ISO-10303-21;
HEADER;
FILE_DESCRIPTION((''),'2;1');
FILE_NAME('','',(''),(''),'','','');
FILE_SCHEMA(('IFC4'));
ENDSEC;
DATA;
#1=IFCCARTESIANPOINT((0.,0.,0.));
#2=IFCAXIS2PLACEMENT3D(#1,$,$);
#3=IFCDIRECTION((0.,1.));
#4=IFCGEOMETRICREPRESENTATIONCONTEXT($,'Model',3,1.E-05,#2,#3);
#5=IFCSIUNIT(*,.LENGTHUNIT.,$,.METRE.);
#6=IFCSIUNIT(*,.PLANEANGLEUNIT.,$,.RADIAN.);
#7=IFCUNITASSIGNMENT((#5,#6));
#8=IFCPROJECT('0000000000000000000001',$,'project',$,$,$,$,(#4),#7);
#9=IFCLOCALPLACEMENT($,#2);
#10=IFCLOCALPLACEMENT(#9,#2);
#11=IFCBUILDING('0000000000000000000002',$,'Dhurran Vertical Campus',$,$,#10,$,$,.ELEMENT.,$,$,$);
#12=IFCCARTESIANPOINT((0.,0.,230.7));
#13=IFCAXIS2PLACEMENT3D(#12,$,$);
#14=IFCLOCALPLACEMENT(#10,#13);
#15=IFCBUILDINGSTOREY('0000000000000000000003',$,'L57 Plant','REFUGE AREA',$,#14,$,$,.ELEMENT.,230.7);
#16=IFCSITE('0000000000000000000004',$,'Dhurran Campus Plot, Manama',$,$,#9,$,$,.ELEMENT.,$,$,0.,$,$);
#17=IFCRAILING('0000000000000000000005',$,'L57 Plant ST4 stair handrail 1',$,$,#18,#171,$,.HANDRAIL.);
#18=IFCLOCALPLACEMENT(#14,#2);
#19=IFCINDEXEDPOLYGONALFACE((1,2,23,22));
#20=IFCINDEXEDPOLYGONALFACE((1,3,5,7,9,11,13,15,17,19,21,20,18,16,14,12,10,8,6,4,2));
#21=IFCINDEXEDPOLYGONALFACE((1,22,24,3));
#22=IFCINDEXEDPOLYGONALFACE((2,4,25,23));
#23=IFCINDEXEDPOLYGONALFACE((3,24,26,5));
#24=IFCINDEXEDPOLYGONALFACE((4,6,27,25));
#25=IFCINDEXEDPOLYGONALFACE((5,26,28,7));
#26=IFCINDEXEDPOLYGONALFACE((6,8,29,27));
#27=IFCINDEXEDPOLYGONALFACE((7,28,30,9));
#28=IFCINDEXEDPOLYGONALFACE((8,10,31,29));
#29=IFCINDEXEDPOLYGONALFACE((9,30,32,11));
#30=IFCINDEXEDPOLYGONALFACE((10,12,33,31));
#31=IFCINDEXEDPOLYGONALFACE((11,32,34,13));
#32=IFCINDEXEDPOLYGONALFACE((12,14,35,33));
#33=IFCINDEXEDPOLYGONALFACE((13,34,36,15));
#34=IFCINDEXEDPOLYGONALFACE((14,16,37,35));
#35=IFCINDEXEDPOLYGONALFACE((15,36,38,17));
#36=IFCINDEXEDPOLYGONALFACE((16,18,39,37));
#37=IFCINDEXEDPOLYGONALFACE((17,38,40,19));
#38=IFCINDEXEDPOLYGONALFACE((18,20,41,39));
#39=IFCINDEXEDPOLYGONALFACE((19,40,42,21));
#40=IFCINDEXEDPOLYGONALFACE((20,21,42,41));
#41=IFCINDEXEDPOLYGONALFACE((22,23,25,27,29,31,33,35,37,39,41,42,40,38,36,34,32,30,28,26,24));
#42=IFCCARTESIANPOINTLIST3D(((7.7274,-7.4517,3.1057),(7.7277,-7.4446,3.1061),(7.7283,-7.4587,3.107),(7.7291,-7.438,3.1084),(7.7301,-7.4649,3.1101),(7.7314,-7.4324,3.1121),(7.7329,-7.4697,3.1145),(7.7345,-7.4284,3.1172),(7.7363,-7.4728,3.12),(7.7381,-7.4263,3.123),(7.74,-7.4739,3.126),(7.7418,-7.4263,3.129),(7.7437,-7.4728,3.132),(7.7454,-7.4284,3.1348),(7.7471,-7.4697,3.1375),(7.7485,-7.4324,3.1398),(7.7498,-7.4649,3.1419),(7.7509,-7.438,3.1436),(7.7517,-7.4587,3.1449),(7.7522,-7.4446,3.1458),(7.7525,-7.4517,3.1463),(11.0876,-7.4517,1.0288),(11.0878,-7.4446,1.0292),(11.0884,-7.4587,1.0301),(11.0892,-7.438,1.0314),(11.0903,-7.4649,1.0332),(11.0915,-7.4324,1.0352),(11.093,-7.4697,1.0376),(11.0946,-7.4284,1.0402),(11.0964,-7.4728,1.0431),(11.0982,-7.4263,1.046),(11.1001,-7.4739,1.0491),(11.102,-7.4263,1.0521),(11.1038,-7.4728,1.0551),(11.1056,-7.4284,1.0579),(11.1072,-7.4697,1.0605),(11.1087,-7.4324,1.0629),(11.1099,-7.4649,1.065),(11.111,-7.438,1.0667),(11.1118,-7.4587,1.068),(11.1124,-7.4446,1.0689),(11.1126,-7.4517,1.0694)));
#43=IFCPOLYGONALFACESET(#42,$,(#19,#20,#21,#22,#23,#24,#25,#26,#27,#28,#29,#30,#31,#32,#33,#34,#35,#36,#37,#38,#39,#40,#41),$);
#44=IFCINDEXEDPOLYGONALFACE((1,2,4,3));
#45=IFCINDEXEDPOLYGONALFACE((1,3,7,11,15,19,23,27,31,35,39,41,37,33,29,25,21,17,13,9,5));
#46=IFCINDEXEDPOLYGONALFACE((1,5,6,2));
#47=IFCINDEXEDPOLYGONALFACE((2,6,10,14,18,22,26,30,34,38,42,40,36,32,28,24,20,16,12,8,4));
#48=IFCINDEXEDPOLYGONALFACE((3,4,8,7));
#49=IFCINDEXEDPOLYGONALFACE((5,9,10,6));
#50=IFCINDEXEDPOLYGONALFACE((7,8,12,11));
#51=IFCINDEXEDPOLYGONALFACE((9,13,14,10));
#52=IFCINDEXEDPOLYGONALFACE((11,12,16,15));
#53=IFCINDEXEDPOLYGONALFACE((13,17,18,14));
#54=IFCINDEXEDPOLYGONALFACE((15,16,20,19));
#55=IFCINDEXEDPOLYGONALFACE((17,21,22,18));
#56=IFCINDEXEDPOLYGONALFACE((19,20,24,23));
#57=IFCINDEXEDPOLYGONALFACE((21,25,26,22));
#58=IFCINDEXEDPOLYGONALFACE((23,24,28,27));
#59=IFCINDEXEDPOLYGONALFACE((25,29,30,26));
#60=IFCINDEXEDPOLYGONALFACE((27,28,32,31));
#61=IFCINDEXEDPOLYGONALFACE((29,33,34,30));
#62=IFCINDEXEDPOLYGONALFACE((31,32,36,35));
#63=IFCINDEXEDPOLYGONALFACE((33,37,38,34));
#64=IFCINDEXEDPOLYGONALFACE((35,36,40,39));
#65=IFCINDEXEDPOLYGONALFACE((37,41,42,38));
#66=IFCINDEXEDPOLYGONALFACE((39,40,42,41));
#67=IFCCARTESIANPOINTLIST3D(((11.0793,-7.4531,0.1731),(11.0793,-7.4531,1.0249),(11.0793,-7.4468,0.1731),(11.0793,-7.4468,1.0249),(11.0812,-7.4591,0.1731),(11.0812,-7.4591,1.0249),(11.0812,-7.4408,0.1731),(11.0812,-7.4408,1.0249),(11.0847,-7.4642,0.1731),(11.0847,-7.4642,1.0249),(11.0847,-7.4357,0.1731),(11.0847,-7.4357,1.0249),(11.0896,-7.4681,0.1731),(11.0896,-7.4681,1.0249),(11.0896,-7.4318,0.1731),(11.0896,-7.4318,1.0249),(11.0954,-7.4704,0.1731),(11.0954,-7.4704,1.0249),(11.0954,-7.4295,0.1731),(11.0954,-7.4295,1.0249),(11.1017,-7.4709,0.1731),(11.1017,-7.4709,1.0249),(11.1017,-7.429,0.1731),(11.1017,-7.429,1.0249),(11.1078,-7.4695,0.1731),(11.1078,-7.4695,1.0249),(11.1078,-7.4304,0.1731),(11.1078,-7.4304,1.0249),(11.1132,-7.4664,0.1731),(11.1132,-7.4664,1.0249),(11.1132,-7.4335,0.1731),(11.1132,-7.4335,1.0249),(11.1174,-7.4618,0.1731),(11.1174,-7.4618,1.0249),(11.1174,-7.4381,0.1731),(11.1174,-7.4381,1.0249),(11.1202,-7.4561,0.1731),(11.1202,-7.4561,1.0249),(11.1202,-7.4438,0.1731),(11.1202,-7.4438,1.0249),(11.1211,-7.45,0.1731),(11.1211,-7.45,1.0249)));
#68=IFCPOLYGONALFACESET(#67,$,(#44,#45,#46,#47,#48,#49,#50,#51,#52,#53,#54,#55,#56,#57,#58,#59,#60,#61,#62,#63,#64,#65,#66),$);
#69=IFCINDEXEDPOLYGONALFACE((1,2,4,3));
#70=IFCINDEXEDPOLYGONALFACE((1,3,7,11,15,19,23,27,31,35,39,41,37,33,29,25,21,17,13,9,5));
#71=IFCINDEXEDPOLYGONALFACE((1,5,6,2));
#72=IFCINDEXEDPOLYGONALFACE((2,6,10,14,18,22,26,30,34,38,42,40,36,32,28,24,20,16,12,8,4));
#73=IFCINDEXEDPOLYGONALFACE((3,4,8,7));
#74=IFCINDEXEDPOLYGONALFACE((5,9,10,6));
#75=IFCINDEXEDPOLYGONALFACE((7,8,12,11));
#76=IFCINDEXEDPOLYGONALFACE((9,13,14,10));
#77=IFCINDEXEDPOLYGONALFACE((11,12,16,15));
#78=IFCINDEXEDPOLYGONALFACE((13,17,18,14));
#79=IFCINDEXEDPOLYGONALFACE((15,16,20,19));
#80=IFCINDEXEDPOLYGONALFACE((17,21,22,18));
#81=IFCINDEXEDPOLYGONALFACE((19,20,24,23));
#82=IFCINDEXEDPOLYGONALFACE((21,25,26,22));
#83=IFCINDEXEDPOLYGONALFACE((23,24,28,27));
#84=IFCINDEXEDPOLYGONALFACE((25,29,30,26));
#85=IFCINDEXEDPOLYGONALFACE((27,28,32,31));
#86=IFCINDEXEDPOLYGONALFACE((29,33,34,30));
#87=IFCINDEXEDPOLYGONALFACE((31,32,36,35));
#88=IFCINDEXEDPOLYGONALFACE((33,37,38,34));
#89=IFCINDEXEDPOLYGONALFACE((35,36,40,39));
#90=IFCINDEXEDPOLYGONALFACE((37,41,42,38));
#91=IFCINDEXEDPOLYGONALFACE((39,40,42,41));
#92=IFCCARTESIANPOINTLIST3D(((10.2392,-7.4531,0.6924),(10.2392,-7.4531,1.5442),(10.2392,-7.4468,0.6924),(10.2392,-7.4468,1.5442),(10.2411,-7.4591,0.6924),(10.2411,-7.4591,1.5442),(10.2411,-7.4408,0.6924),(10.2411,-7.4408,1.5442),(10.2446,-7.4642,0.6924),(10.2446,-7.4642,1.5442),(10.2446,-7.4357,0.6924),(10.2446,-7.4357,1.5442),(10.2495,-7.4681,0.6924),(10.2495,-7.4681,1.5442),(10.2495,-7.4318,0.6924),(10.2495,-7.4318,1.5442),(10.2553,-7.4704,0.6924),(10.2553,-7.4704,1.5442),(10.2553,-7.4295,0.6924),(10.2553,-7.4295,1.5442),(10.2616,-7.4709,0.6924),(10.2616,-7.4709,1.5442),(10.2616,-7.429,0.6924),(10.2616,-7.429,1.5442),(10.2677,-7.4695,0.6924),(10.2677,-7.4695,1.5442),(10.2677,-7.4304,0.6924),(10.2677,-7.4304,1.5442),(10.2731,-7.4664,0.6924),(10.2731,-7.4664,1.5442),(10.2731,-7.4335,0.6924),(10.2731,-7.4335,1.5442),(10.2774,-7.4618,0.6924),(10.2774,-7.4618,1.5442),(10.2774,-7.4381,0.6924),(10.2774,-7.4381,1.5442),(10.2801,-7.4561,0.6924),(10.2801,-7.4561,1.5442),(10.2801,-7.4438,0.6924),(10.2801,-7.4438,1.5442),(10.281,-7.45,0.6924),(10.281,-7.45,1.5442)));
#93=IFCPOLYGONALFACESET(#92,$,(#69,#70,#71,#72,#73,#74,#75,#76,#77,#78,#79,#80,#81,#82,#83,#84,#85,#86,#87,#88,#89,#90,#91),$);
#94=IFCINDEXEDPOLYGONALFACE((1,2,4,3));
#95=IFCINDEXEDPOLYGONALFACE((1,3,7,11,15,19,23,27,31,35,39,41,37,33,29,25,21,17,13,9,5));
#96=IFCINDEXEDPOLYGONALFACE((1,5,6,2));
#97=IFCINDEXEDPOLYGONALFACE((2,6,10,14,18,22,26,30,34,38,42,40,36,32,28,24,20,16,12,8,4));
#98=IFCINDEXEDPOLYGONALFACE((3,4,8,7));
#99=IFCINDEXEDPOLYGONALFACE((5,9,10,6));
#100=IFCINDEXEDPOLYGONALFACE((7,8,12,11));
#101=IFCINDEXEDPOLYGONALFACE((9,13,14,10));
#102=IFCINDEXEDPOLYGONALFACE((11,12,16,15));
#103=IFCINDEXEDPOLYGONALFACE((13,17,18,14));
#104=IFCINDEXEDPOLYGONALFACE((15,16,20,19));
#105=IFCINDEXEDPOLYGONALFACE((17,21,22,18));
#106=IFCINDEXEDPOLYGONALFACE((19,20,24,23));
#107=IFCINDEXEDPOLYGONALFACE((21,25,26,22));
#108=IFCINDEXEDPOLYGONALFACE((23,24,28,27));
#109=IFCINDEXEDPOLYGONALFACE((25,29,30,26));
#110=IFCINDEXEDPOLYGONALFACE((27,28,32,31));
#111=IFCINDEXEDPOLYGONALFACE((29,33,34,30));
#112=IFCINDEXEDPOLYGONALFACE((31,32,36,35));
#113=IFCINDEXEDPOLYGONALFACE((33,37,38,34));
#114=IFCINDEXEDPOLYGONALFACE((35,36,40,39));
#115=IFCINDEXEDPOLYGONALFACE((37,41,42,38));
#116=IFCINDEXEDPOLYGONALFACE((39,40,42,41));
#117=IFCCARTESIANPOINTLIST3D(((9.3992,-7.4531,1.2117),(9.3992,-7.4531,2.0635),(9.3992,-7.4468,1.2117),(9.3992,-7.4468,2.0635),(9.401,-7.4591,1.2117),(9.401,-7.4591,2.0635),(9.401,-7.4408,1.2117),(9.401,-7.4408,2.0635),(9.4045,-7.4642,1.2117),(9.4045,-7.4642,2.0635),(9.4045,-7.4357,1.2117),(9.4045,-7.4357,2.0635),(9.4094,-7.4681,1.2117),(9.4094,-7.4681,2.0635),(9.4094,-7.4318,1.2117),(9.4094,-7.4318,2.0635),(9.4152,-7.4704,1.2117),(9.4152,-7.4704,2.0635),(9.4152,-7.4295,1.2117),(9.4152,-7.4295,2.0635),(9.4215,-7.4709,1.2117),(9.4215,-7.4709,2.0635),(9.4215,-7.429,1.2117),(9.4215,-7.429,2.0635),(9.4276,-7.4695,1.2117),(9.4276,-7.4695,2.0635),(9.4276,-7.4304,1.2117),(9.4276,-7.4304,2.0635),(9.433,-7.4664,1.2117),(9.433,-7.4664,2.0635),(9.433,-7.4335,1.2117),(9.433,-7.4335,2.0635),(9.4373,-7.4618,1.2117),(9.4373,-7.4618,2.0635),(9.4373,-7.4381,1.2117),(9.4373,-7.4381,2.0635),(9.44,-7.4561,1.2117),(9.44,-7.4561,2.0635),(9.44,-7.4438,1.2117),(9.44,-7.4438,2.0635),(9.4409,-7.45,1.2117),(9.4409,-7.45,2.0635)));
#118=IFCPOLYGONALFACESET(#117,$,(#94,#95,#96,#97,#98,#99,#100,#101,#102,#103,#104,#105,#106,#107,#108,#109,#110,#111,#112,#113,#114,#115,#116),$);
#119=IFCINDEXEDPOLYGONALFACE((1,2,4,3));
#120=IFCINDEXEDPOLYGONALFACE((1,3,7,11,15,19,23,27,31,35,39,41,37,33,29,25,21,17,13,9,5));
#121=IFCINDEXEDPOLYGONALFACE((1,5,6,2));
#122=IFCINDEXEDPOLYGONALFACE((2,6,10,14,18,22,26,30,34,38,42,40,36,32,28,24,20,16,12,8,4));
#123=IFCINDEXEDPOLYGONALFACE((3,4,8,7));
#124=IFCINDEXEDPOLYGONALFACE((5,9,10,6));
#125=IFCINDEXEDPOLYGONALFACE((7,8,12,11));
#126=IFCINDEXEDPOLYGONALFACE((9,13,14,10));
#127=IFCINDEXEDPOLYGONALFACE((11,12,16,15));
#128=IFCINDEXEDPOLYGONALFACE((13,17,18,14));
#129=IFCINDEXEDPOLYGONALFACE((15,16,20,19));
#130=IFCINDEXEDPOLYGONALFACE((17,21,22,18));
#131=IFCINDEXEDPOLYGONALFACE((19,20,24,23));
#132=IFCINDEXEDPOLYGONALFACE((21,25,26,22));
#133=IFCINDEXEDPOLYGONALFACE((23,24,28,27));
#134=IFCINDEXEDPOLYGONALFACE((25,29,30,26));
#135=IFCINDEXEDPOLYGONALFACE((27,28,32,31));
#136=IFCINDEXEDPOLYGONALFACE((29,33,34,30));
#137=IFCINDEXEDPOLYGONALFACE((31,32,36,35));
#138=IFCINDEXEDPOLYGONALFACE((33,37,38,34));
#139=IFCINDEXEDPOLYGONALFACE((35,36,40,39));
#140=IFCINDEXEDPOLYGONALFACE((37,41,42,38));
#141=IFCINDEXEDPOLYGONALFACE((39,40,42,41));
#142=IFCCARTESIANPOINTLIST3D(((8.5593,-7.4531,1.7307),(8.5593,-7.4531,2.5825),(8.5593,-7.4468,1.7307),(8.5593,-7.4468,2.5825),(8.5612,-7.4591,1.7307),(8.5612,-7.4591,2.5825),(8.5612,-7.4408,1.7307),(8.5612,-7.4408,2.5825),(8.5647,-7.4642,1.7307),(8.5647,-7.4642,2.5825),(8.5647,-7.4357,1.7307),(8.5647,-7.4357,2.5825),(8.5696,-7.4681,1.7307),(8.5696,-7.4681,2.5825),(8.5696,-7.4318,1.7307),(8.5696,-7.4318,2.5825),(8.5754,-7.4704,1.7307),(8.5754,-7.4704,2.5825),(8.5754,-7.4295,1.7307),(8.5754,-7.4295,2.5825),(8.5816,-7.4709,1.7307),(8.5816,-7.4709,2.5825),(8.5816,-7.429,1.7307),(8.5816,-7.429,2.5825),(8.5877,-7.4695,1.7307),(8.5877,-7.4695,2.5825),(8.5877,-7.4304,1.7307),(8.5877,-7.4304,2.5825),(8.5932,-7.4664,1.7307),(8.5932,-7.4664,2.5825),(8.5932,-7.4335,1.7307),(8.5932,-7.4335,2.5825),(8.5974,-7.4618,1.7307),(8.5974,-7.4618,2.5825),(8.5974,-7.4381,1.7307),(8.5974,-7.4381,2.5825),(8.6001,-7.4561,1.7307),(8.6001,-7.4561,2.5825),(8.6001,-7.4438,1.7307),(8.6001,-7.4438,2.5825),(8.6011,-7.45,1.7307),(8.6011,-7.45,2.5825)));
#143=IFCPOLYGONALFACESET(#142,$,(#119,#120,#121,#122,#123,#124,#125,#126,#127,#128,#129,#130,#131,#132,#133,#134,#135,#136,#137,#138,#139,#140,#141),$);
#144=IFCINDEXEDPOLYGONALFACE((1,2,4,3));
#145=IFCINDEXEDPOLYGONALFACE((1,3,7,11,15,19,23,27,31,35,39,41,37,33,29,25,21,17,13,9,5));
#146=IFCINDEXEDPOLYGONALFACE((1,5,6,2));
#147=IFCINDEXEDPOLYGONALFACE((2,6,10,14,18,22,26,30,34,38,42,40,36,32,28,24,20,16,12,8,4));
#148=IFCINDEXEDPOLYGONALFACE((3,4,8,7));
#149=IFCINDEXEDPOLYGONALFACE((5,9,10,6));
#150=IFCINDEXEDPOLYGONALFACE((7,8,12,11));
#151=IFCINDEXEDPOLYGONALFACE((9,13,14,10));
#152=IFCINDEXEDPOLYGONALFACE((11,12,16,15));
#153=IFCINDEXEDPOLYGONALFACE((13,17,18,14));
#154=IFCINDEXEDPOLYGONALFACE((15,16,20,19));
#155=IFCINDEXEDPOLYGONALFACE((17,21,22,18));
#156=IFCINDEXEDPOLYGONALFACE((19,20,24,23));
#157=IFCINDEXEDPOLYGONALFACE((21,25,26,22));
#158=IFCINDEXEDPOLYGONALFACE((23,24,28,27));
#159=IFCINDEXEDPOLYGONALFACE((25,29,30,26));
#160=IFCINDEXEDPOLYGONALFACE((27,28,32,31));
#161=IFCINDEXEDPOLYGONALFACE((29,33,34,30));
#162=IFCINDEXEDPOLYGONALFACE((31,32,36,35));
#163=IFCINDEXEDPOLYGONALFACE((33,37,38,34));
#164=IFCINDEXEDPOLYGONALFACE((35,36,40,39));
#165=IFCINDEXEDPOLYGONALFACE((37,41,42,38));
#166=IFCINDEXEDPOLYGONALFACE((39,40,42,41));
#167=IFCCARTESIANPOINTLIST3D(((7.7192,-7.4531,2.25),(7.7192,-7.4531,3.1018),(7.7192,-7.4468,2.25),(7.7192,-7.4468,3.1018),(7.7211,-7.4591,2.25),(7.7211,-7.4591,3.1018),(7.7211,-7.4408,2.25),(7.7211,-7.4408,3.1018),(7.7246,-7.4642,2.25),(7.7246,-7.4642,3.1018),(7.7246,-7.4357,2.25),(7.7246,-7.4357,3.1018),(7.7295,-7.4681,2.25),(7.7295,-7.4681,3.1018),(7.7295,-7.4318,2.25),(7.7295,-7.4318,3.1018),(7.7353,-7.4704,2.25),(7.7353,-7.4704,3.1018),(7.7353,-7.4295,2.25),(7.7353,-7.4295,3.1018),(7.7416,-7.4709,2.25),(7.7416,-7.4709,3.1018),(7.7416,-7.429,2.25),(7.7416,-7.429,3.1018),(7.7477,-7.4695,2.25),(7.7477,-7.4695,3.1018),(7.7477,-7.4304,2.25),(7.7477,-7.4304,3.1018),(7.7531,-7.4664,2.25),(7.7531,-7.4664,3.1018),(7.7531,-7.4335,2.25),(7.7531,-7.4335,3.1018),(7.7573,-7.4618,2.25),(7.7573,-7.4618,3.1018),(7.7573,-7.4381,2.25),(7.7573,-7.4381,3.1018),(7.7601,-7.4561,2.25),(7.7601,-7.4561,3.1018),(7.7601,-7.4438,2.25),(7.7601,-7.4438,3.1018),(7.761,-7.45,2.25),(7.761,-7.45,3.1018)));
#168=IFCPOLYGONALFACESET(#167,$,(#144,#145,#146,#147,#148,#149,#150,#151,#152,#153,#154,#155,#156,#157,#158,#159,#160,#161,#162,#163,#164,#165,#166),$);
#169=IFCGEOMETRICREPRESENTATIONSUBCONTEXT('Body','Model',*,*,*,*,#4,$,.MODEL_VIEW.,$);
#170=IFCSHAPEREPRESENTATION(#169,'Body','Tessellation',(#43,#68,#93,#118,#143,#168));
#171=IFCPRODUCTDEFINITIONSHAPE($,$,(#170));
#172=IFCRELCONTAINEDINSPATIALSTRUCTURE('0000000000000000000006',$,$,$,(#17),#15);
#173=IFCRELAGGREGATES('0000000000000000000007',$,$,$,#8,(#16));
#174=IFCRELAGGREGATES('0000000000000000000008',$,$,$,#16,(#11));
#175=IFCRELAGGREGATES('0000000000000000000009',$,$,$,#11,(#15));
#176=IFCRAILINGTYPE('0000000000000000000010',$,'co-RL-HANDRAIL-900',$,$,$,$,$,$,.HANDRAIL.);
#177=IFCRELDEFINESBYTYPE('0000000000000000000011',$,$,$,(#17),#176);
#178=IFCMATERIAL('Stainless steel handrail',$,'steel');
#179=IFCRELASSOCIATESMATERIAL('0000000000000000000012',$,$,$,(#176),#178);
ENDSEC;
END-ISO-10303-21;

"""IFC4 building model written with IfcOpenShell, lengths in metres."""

from ifc_helpers import new_model, si_unit, direction, frame, origin, origin_2d, place, context, subcontext, project, spatial, circle, extrude, material, type_object, element, save


model = new_model("IFC4")

# Units and contexts
model_context = context("Model", 3, precision=1e-05, world=origin(), true_north=direction((0.0, 1.0)))
body_context = subcontext(model_context, "Body", "Model", "MODEL_VIEW")
ifc_project = project(units=[si_unit("LENGTHUNIT", "METRE"), si_unit("PLANEANGLEUNIT", "RADIAN")], contexts=[model_context])

# Site, building, storey
site_placement = place(None, origin())
site = spatial("IfcSite", under=ifc_project, at=site_placement, Name="Dhurran Campus Plot, Manama", CompositionType="ELEMENT", RefElevation=0.0)
building_placement = place(site_placement, origin())
building = spatial("IfcBuilding", under=site, at=building_placement, Name="Dhurran Vertical Campus", CompositionType="ELEMENT")
storey_placement = place(building_placement, frame((0.0, 0.0, 230.7)))
storey = spatial("IfcBuildingStorey", under=building, at=storey_placement, Name="L57 Plant", Description="REFUGE AREA", CompositionType="ELEMENT", Elevation=230.7)

# Railing
ifc_material_1 = material(Name="Stainless steel handrail", Category="steel")
railing_type_1 = type_object("IfcRailingType", Name="co-RL-HANDRAIL-900", PredefinedType="HANDRAIL", material=ifc_material_1)
railing_1_placement = place(storey_placement, frame((11.1001, -7.45, 0.1731)))
element("IfcRailing", 1, at=railing_1_placement, inside=storey, type_object=railing_type_1, Name="L57 Plant ST4 stair handrail 1", PredefinedType="HANDRAIL", context=body_context, shape_type="SweptSolid", body=[
    extrude(circle(Radius=0.0239, at=origin_2d()), frame((0.0, 0.0, 0.876), z_axis=(-0.850623, 0.0, 0.525776), x_axis=(0.0, -1.0, 0.0)), (0.0, 0.0, 1.0), 3.9502),
    extrude(circle(Radius=0.021, at=origin_2d()), origin(), (0.0, 0.0, 1.0), 0.8518),
    extrude(circle(Radius=0.021, at=origin_2d()), frame((-0.8401, 0.0, 0.5193)), (0.0, 0.0, 1.0), 0.8518),
    extrude(circle(Radius=0.021, at=origin_2d()), frame((-1.6802, 0.0, 1.0386)), (0.0, 0.0, 1.0), 0.8518),
    extrude(circle(Radius=0.021, at=origin_2d()), frame((-2.52, 0.0, 1.5576)), (0.0, 0.0, 1.0), 0.8518),
    extrude(circle(Radius=0.021, at=origin_2d()), frame((-3.3601, 0.0, 2.0769)), (0.0, 0.0, 1.0), 0.8518),
])

save(model, "model.ifc")
